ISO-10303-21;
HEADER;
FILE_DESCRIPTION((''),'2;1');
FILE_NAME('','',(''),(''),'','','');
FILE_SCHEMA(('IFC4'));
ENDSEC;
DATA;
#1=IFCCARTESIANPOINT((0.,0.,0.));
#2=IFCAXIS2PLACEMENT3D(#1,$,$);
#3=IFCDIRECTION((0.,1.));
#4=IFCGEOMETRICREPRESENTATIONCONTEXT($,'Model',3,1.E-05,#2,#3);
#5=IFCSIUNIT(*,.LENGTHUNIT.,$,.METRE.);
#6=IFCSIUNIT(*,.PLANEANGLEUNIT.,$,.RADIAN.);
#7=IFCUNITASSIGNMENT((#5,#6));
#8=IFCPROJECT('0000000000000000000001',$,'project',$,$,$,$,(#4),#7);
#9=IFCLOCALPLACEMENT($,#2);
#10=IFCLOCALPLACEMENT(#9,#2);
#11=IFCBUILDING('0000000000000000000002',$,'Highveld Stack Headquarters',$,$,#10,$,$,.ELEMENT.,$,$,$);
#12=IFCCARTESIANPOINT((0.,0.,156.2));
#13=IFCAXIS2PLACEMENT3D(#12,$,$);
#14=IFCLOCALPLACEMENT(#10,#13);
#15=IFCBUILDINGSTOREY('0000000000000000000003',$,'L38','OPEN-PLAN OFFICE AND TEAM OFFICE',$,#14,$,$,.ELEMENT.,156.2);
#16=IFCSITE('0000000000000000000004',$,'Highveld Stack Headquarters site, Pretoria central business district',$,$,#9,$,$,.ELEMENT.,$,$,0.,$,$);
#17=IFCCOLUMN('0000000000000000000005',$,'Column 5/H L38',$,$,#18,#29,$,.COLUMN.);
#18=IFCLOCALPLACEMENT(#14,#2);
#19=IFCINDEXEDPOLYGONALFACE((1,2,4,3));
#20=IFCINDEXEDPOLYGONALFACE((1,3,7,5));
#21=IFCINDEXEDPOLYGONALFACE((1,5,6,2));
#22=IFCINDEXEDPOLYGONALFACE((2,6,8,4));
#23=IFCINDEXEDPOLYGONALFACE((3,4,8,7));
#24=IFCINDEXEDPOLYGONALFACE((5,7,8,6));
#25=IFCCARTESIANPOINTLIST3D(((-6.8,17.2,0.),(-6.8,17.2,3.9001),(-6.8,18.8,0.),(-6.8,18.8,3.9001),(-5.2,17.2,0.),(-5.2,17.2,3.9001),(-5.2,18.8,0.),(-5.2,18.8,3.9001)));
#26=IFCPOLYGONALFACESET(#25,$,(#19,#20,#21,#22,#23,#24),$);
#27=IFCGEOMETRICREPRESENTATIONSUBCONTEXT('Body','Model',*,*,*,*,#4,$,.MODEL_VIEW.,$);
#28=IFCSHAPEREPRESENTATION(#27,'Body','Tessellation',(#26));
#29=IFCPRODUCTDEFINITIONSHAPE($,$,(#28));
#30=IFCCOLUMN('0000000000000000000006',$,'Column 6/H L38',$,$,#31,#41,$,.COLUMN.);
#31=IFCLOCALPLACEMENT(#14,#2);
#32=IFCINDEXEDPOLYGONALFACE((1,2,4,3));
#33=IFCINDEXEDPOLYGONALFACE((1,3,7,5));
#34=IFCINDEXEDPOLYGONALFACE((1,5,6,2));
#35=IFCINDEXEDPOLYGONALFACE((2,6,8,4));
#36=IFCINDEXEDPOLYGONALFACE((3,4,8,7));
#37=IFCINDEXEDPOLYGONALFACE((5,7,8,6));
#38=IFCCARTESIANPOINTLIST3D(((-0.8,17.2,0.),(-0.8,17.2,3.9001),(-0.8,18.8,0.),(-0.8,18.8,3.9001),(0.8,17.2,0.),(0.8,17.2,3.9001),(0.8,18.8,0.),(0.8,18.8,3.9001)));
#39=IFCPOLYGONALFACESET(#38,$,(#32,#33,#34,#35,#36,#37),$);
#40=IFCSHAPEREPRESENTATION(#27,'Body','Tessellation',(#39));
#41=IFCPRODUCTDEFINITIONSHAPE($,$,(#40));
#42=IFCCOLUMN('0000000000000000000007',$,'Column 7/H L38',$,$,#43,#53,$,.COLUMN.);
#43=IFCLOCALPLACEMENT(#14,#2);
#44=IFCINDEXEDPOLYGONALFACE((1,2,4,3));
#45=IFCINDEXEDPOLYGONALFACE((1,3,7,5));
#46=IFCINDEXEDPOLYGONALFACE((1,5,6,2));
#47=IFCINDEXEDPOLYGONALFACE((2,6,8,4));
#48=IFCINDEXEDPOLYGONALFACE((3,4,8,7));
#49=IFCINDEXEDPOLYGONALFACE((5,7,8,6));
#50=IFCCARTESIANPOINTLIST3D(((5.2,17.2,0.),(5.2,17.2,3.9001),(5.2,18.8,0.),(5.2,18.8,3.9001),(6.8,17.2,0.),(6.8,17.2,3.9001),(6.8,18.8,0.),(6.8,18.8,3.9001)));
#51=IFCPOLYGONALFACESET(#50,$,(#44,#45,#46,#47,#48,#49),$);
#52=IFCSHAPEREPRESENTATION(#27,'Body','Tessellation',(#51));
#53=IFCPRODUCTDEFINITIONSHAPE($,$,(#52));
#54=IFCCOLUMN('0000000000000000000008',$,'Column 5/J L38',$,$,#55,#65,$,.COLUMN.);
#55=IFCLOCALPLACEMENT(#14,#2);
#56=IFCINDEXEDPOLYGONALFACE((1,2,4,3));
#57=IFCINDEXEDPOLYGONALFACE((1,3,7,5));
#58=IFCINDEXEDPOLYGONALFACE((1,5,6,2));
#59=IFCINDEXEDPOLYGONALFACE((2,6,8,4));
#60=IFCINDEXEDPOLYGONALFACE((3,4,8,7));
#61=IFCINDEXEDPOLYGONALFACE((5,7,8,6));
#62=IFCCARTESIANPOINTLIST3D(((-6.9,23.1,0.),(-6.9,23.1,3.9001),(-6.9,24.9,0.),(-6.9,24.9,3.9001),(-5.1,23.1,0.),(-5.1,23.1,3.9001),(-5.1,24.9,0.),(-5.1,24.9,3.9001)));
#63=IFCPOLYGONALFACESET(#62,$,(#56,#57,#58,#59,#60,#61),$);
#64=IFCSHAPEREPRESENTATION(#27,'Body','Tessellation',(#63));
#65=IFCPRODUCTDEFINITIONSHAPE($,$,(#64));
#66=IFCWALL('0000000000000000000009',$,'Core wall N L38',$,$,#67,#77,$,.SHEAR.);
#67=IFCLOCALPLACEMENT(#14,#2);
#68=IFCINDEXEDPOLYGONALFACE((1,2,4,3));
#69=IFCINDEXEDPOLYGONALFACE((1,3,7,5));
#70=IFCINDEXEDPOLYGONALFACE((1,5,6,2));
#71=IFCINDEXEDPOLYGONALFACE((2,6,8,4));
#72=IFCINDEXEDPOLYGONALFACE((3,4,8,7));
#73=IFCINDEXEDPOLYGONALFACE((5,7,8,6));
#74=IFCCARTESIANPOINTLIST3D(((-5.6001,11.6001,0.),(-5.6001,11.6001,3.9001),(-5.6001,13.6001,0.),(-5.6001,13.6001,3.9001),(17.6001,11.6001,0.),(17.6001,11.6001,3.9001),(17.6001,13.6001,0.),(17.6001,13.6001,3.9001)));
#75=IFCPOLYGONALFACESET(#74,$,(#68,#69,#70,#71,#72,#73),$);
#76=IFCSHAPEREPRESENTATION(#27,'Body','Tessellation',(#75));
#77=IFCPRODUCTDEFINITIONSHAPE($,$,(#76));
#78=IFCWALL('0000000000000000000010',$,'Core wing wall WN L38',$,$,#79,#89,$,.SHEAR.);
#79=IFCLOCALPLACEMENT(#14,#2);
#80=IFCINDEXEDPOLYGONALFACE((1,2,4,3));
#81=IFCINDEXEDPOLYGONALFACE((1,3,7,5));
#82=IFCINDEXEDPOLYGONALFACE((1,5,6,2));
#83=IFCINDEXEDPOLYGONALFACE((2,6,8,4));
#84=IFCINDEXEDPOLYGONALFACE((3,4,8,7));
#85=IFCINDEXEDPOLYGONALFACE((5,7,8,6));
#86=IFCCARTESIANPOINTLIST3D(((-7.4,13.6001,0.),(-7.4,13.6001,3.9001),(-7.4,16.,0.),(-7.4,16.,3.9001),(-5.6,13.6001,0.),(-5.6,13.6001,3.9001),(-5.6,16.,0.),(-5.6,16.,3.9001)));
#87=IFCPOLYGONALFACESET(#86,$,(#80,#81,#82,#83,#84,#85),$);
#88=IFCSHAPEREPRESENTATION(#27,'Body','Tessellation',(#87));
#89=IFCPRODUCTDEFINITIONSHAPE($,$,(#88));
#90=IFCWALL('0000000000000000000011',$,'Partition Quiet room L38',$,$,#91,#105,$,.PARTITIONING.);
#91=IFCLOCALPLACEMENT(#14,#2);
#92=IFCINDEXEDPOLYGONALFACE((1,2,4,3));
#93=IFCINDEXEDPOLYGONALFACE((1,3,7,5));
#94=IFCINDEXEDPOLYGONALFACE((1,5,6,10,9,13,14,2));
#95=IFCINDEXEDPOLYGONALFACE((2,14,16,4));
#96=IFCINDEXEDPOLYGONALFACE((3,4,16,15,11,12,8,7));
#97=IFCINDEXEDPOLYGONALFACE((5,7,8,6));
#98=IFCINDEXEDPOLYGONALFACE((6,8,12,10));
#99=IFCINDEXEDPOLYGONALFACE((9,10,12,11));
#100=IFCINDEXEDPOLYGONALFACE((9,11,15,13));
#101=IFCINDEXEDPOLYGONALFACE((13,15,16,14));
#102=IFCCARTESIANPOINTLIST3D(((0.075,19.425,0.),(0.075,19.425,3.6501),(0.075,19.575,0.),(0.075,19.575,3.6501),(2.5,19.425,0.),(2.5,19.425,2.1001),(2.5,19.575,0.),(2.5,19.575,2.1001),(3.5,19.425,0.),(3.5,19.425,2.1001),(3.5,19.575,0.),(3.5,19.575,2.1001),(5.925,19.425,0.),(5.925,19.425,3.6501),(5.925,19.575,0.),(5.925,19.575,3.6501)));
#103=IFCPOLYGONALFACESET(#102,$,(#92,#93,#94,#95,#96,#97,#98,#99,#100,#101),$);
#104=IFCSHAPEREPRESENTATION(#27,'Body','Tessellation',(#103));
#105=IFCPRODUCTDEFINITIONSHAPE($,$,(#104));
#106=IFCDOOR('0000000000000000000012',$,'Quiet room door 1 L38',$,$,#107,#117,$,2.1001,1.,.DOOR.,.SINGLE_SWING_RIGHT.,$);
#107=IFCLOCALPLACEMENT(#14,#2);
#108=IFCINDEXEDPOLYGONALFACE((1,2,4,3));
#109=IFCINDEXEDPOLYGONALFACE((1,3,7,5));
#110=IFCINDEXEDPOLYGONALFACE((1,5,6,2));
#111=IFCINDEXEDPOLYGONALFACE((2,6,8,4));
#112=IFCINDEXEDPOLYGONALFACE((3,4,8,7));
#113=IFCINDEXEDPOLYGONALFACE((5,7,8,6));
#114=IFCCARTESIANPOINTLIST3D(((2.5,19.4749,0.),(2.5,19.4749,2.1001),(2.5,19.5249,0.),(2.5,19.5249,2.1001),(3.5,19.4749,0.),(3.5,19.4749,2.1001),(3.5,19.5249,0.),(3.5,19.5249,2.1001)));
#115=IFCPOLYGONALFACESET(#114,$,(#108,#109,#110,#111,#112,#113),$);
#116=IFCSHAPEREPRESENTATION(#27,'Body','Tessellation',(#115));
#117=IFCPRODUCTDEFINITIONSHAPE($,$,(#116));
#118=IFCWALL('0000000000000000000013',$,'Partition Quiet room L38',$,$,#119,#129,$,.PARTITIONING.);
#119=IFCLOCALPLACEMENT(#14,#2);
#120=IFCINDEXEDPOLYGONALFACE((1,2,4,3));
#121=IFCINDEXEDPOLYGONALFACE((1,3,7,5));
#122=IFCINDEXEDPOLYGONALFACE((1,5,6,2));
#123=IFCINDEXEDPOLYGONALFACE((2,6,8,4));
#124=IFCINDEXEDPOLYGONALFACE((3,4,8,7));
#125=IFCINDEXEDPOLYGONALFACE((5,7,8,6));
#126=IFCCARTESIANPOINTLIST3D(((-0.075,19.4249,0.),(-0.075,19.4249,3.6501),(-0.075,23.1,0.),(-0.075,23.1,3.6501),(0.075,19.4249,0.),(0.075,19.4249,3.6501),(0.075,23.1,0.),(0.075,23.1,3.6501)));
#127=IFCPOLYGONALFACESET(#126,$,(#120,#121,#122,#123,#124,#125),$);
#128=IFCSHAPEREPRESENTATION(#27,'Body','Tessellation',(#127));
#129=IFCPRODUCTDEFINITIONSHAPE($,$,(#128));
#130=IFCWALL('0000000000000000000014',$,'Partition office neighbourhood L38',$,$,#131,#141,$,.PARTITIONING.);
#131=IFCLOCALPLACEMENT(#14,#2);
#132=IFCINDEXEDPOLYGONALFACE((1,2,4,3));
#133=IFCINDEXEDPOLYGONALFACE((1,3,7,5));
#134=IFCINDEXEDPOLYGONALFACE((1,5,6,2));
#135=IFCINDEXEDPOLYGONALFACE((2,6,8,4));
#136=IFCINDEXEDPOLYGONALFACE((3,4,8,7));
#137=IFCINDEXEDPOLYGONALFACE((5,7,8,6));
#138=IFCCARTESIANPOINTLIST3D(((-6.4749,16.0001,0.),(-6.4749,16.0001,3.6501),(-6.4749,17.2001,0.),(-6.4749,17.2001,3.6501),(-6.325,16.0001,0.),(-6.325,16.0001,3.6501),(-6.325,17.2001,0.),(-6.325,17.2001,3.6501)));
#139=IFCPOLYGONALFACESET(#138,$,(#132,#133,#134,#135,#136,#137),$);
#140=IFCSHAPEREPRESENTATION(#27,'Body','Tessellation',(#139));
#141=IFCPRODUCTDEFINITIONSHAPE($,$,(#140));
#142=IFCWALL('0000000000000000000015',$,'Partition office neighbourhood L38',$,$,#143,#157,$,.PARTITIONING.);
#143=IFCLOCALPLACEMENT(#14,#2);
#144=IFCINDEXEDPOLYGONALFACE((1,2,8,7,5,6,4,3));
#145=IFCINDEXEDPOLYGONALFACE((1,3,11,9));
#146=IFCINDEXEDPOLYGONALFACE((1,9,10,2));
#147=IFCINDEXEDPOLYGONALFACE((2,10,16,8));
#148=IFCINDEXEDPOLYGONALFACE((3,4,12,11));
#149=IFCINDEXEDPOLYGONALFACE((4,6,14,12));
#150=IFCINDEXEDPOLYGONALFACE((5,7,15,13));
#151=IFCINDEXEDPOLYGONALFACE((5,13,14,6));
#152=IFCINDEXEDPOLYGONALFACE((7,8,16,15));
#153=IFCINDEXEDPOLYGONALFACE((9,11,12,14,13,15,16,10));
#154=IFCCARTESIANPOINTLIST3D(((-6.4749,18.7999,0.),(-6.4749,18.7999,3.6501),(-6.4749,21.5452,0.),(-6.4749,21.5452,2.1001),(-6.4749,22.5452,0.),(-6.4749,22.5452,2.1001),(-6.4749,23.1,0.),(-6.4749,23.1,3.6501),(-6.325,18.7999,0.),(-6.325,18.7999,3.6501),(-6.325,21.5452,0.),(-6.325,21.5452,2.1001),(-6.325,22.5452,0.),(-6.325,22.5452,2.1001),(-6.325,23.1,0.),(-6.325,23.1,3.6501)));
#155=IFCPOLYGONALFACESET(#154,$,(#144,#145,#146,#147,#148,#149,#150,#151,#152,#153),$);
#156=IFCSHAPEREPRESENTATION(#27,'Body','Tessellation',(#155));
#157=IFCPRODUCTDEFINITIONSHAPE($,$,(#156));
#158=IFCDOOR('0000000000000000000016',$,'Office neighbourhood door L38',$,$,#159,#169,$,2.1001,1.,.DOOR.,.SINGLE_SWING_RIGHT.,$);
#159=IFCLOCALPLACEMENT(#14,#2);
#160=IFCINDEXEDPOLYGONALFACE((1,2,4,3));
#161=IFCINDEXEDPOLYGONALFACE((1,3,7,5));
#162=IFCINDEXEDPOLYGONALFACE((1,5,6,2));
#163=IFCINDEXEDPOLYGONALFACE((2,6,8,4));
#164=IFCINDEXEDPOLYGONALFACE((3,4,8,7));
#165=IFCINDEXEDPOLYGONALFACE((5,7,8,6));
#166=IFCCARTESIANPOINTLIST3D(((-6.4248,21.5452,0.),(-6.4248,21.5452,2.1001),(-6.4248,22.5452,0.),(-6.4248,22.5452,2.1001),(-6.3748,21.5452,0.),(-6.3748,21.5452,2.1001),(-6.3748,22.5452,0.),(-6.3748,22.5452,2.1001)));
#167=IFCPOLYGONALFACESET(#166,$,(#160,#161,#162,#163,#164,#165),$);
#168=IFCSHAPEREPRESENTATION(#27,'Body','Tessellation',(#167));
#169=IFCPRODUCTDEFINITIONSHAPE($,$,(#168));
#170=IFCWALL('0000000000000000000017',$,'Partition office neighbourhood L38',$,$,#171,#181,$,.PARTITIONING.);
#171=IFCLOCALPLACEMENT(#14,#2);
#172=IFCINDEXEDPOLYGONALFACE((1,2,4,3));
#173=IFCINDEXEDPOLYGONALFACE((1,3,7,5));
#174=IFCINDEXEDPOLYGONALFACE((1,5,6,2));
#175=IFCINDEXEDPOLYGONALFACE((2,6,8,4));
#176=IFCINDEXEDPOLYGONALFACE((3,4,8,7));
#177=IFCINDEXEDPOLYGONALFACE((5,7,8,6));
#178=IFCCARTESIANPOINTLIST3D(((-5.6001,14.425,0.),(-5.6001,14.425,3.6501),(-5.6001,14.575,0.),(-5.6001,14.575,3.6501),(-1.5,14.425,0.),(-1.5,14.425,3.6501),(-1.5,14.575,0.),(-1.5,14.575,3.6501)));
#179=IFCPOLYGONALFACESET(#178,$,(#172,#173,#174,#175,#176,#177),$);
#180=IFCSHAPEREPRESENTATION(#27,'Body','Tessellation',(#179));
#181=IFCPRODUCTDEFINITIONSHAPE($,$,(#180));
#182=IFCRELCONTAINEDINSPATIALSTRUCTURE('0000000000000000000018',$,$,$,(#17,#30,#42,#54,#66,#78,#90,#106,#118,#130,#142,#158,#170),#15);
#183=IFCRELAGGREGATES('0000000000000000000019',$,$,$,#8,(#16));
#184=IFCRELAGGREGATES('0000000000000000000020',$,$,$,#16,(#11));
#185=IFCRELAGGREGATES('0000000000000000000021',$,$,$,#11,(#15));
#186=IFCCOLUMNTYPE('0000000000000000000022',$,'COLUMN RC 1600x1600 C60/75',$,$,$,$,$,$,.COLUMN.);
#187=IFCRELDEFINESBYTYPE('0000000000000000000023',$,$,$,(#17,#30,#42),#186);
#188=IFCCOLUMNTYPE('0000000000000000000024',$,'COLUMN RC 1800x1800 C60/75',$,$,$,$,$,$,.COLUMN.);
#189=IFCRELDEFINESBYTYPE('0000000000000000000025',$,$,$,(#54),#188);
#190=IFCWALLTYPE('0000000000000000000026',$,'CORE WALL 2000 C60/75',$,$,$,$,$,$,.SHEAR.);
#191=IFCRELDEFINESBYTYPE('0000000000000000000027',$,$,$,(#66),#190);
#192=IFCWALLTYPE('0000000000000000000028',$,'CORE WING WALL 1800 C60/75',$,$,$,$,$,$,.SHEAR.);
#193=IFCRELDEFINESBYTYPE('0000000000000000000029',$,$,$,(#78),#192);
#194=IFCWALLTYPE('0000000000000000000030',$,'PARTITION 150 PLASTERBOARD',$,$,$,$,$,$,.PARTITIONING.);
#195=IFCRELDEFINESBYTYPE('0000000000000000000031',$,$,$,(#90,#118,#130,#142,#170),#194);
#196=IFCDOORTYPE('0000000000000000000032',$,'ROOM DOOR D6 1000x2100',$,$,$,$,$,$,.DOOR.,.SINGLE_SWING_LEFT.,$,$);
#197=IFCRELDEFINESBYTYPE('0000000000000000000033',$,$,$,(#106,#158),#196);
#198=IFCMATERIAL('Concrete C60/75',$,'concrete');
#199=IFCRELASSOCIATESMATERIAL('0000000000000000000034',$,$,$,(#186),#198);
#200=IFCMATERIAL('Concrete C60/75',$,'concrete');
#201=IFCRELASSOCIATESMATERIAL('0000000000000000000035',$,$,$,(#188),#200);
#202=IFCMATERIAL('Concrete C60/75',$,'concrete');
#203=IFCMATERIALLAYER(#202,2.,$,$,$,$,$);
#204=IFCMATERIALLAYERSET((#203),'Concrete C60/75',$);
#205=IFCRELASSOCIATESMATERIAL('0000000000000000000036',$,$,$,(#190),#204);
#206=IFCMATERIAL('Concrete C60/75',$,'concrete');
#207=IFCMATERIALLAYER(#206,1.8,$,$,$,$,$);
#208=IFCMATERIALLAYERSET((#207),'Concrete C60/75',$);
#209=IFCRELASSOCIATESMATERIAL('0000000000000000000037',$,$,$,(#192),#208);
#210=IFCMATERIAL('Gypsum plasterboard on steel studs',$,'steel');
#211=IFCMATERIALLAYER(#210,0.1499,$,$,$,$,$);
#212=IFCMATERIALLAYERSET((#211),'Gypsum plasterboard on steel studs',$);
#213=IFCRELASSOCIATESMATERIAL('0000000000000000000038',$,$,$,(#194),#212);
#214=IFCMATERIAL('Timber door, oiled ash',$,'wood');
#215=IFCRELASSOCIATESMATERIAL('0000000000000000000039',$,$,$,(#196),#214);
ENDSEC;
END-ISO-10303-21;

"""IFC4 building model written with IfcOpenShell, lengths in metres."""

from ifc_helpers import new_model, si_unit, direction, frame, frame_2d, origin, origin_2d, place, context, subcontext, project, spatial, rectangle, extrude, material, layer, layer_set, material_profile, profile_set, type_object, element, fill, save


model = new_model("IFC4")

# Units and contexts
model_context = context("Model", 3, precision=1e-05, world=origin(), true_north=direction((0.0, 1.0)))
body_context = subcontext(model_context, "Body", "Model", "MODEL_VIEW")
ifc_project = project(units=[si_unit("LENGTHUNIT", "METRE"), si_unit("PLANEANGLEUNIT", "RADIAN")], contexts=[model_context])

# Site, building, storey
site_placement = place(None, origin())
site = spatial("IfcSite", under=ifc_project, at=site_placement, Name="Highveld Stack Headquarters site, Pretoria central business district", CompositionType="ELEMENT", RefElevation=0.0)
building_placement = place(site_placement, origin())
building = spatial("IfcBuilding", under=site, at=building_placement, Name="Highveld Stack Headquarters", CompositionType="ELEMENT")
storey_placement = place(building_placement, frame((0.0, 0.0, 156.2)))
storey = spatial("IfcBuildingStorey", under=building, at=storey_placement, Name="L38", Description="OPEN-PLAN OFFICE AND TEAM OFFICE", CompositionType="ELEMENT", Elevation=156.2)

# Columns
ifc_material_1 = material(Name="Concrete C60/75", Category="concrete")
ifc_material_profile_1 = material_profile(ifc_material_1, rectangle(XDim=1.6001, YDim=1.6001, at=origin_2d()), Name="RC 1600x1600")
ifc_profile_set_1 = profile_set([ifc_material_profile_1], Name="Concrete C60/75")
column_type_1 = type_object("IfcColumnType", Name="COLUMN RC 1600x1600 C60/75", PredefinedType="COLUMN", material=ifc_profile_set_1)
for number, where, z_axis, x_axis, name in (
    (1, (-6.0, 18.0, 0.0), (0.0, 0.0, 1.0), (1.0, 0.0, 0.0), "Column 5/H L38"),
    (2, (0.0, 18.0, 0.0), (0.0, 0.0, 1.0), (1.0, 0.0, 0.0), "Column 6/H L38"),
    (3, (6.0, 18.0, 0.0), (0.0, 0.0, 1.0), (1.0, 0.0, 0.0), "Column 7/H L38"),
):
    element("IfcColumn", number, at=place(storey_placement, frame(where, z_axis=z_axis, x_axis=x_axis)), inside=storey, type_object=column_type_1, Name=name, PredefinedType="COLUMN", context=body_context, shape_type="SweptSolid", body=[
        extrude(rectangle(XDim=1.6001, YDim=1.6001, at=origin_2d()), origin(), (0.0, 0.0, 1.0), 3.9001),
    ])
ifc_material_2 = material(Name="Concrete C60/75", Category="concrete")
ifc_material_profile_2 = material_profile(ifc_material_2, rectangle(XDim=1.8, YDim=1.8, at=origin_2d()), Name="RC 1800x1800")
ifc_profile_set_2 = profile_set([ifc_material_profile_2], Name="Concrete C60/75")
column_type_2 = type_object("IfcColumnType", Name="COLUMN RC 1800x1800 C60/75", PredefinedType="COLUMN", material=ifc_profile_set_2)
column_placement = place(storey_placement, frame((-6.0, 24.0, 0.0), z_axis=(0.0, 0.0, 1.0), x_axis=(1.0, 0.0, 0.0)))
element("IfcColumn", 4, at=column_placement, inside=storey, type_object=column_type_2, Name="Column 5/J L38", PredefinedType="COLUMN", context=body_context, shape_type="SweptSolid", body=[
    extrude(rectangle(XDim=1.8, YDim=1.8, at=origin_2d()), origin(), (0.0, 0.0, 1.0), 3.9001),
])

# Walls
ifc_material_3 = material(Name="Concrete C60/75", Category="concrete")
ifc_layer_1 = layer(ifc_material_3, 2.0)
ifc_layer_set_1 = layer_set([ifc_layer_1], Name="Concrete C60/75")
wall_type_1 = type_object("IfcWallType", Name="CORE WALL 2000 C60/75", PredefinedType="SHEAR", material=ifc_layer_set_1)
wall_1_placement = place(storey_placement, frame((-5.6001, 12.6001, 0.0), z_axis=(0.0, 0.0, 1.0), x_axis=(1.0, 0.0, 0.0)))
element("IfcWall", 5, at=wall_1_placement, inside=storey, type_object=wall_type_1, Name="Core wall N L38", PredefinedType="SHEAR", context=body_context, shape_type="SweptSolid", body=[
    extrude(rectangle(XDim=23.2002, YDim=2.0, at=frame_2d((11.6001, 0.0))), origin(), (0.0, 0.0, 1.0), 3.9001),
])
ifc_material_4 = material(Name="Concrete C60/75", Category="concrete")
ifc_layer_2 = layer(ifc_material_4, 1.8)
ifc_layer_set_2 = layer_set([ifc_layer_2], Name="Concrete C60/75")
wall_type_2 = type_object("IfcWallType", Name="CORE WING WALL 1800 C60/75", PredefinedType="SHEAR", material=ifc_layer_set_2)
wall_2_placement = place(storey_placement, frame((-6.5, 13.6001, 0.0), z_axis=(0.0, 0.0, 1.0), x_axis=(0.0, 1.0, 0.0)))
element("IfcWall", 6, at=wall_2_placement, inside=storey, type_object=wall_type_2, Name="Core wing wall WN L38", PredefinedType="SHEAR", context=body_context, shape_type="SweptSolid", body=[
    extrude(rectangle(XDim=2.3999, YDim=1.8, at=frame_2d((1.2, 0.0))), origin(), (0.0, 0.0, 1.0), 3.9001),
])

# Wall, opening, door
ifc_material_5 = material(Name="Gypsum plasterboard on steel studs", Category="steel")
ifc_layer_3 = layer(ifc_material_5, 0.1499)
ifc_layer_set_3 = layer_set([ifc_layer_3], Name="Gypsum plasterboard on steel studs")
wall_type_3 = type_object("IfcWallType", Name="PARTITION 150 PLASTERBOARD", PredefinedType="PARTITIONING", material=ifc_layer_set_3)
wall_3_placement = place(storey_placement, frame((0.075, 19.5, 0.0), z_axis=(0.0, 0.0, 1.0), x_axis=(1.0, 0.0, 0.0)))
wall_3 = element("IfcWall", 7, at=wall_3_placement, inside=storey, type_object=wall_type_3, Name="Partition Quiet room L38", PredefinedType="PARTITIONING", context=body_context, shape_type="SweptSolid", body=[
    extrude(rectangle(XDim=5.8501, YDim=0.1499, at=frame_2d((2.925, 0.0))), origin(), (0.0, 0.0, 1.0), 3.6501),
])
opening_1_placement = place(wall_3_placement, frame((2.425, 0.0, 0.0)))
opening_1 = element("IfcOpeningElement", 8, at=opening_1_placement, cuts=wall_3, PredefinedType="OPENING", context=body_context, shape_type="SweptSolid", body=[
    extrude(rectangle(XDim=1.0, YDim=2.1001, at=frame_2d((0.5, 1.05))), frame((0.0, 0.085, 0.0), z_axis=(0.0, -1.0, 0.0), x_axis=(1.0, 0.0, 0.0)), (0.0, 0.0, 1.0), 0.1699),
])
ifc_material_6 = material(Name="Timber door, oiled ash", Category="wood")
door_type = type_object("IfcDoorType", Name="ROOM DOOR D6 1000x2100", OperationType="SINGLE_SWING_LEFT", PredefinedType="DOOR", material=ifc_material_6)
door_1_placement = place(opening_1_placement, origin())
door_1 = element("IfcDoor", 9, at=door_1_placement, inside=storey, type_object=door_type, Name="Quiet room door 1 L38", OperationType="SINGLE_SWING_RIGHT", OverallHeight=2.1001, OverallWidth=1.0, PredefinedType="DOOR", context=body_context, shape_type="SweptSolid", body=[
    extrude(rectangle(XDim=1.0, YDim=2.1001, at=frame_2d((0.5, 1.05))), frame((0.0, 0.0249, 0.0), z_axis=(0.0, -1.0, 0.0), x_axis=(1.0, 0.0, 0.0)), (0.0, 0.0, 1.0), 0.05),
])
fill(opening_1, door_1)

# Walls
wall_4_placement = place(storey_placement, frame((0.0, 19.425, 0.0), z_axis=(0.0, 0.0, 1.0), x_axis=(0.0, 1.0, 0.0)))
element("IfcWall", 10, at=wall_4_placement, inside=storey, type_object=wall_type_3, Name="Partition Quiet room L38", PredefinedType="PARTITIONING", context=body_context, shape_type="SweptSolid", body=[
    extrude(rectangle(XDim=3.675, YDim=0.1499, at=frame_2d((1.8374, 0.0))), origin(), (0.0, 0.0, 1.0), 3.6501),
])
wall_5_placement = place(storey_placement, frame((-6.3999, 16.0, 0.0), z_axis=(0.0, 0.0, 1.0), x_axis=(0.0, 1.0, 0.0)))
element("IfcWall", 11, at=wall_5_placement, inside=storey, type_object=wall_type_3, Name="Partition office neighbourhood L38", PredefinedType="PARTITIONING", context=body_context, shape_type="SweptSolid", body=[
    extrude(rectangle(XDim=1.2, YDim=0.1499, at=frame_2d((0.6001, 0.0))), origin(), (0.0, 0.0, 1.0), 3.6501),
])

# Wall, opening, door
wall_6_placement = place(storey_placement, frame((-6.3999, 18.8, 0.0), z_axis=(0.0, 0.0, 1.0), x_axis=(0.0, 1.0, 0.0)))
wall_6 = element("IfcWall", 12, at=wall_6_placement, inside=storey, type_object=wall_type_3, Name="Partition office neighbourhood L38", PredefinedType="PARTITIONING", context=body_context, shape_type="SweptSolid", body=[
    extrude(rectangle(XDim=4.3, YDim=0.1499, at=frame_2d((2.1499, 0.0))), origin(), (0.0, 0.0, 1.0), 3.6501),
])
opening_2_placement = place(wall_6_placement, frame((2.7451, 0.0, 0.0)))
opening_2 = element("IfcOpeningElement", 13, at=opening_2_placement, cuts=wall_6, PredefinedType="OPENING", context=body_context, shape_type="SweptSolid", body=[
    extrude(rectangle(XDim=1.0, YDim=2.1001, at=frame_2d((0.5, 1.05))), frame((0.0, 0.085, 0.0), z_axis=(0.0, -1.0, 0.0), x_axis=(1.0, 0.0, 0.0)), (0.0, 0.0, 1.0), 0.1699),
])
door_2_placement = place(opening_2_placement, origin())
door_2 = element("IfcDoor", 14, at=door_2_placement, inside=storey, type_object=door_type, Name="Office neighbourhood door L38", OperationType="SINGLE_SWING_RIGHT", OverallHeight=2.1001, OverallWidth=1.0, PredefinedType="DOOR", context=body_context, shape_type="SweptSolid", body=[
    extrude(rectangle(XDim=1.0, YDim=2.1001, at=frame_2d((0.5, 1.05))), frame((0.0, 0.0249, 0.0), z_axis=(0.0, -1.0, 0.0), x_axis=(1.0, 0.0, 0.0)), (0.0, 0.0, 1.0), 0.05),
])
fill(opening_2, door_2)

# Wall
wall_7_placement = place(storey_placement, frame((-5.6001, 14.5, 0.0), z_axis=(0.0, 0.0, 1.0), x_axis=(1.0, 0.0, 0.0)))
element("IfcWall", 15, at=wall_7_placement, inside=storey, type_object=wall_type_3, Name="Partition office neighbourhood L38", PredefinedType="PARTITIONING", context=body_context, shape_type="SweptSolid", body=[
    extrude(rectangle(XDim=4.1001, YDim=0.1499, at=frame_2d((2.05, 0.0))), origin(), (0.0, 0.0, 1.0), 3.6501),
])

save(model, "model.ifc")
